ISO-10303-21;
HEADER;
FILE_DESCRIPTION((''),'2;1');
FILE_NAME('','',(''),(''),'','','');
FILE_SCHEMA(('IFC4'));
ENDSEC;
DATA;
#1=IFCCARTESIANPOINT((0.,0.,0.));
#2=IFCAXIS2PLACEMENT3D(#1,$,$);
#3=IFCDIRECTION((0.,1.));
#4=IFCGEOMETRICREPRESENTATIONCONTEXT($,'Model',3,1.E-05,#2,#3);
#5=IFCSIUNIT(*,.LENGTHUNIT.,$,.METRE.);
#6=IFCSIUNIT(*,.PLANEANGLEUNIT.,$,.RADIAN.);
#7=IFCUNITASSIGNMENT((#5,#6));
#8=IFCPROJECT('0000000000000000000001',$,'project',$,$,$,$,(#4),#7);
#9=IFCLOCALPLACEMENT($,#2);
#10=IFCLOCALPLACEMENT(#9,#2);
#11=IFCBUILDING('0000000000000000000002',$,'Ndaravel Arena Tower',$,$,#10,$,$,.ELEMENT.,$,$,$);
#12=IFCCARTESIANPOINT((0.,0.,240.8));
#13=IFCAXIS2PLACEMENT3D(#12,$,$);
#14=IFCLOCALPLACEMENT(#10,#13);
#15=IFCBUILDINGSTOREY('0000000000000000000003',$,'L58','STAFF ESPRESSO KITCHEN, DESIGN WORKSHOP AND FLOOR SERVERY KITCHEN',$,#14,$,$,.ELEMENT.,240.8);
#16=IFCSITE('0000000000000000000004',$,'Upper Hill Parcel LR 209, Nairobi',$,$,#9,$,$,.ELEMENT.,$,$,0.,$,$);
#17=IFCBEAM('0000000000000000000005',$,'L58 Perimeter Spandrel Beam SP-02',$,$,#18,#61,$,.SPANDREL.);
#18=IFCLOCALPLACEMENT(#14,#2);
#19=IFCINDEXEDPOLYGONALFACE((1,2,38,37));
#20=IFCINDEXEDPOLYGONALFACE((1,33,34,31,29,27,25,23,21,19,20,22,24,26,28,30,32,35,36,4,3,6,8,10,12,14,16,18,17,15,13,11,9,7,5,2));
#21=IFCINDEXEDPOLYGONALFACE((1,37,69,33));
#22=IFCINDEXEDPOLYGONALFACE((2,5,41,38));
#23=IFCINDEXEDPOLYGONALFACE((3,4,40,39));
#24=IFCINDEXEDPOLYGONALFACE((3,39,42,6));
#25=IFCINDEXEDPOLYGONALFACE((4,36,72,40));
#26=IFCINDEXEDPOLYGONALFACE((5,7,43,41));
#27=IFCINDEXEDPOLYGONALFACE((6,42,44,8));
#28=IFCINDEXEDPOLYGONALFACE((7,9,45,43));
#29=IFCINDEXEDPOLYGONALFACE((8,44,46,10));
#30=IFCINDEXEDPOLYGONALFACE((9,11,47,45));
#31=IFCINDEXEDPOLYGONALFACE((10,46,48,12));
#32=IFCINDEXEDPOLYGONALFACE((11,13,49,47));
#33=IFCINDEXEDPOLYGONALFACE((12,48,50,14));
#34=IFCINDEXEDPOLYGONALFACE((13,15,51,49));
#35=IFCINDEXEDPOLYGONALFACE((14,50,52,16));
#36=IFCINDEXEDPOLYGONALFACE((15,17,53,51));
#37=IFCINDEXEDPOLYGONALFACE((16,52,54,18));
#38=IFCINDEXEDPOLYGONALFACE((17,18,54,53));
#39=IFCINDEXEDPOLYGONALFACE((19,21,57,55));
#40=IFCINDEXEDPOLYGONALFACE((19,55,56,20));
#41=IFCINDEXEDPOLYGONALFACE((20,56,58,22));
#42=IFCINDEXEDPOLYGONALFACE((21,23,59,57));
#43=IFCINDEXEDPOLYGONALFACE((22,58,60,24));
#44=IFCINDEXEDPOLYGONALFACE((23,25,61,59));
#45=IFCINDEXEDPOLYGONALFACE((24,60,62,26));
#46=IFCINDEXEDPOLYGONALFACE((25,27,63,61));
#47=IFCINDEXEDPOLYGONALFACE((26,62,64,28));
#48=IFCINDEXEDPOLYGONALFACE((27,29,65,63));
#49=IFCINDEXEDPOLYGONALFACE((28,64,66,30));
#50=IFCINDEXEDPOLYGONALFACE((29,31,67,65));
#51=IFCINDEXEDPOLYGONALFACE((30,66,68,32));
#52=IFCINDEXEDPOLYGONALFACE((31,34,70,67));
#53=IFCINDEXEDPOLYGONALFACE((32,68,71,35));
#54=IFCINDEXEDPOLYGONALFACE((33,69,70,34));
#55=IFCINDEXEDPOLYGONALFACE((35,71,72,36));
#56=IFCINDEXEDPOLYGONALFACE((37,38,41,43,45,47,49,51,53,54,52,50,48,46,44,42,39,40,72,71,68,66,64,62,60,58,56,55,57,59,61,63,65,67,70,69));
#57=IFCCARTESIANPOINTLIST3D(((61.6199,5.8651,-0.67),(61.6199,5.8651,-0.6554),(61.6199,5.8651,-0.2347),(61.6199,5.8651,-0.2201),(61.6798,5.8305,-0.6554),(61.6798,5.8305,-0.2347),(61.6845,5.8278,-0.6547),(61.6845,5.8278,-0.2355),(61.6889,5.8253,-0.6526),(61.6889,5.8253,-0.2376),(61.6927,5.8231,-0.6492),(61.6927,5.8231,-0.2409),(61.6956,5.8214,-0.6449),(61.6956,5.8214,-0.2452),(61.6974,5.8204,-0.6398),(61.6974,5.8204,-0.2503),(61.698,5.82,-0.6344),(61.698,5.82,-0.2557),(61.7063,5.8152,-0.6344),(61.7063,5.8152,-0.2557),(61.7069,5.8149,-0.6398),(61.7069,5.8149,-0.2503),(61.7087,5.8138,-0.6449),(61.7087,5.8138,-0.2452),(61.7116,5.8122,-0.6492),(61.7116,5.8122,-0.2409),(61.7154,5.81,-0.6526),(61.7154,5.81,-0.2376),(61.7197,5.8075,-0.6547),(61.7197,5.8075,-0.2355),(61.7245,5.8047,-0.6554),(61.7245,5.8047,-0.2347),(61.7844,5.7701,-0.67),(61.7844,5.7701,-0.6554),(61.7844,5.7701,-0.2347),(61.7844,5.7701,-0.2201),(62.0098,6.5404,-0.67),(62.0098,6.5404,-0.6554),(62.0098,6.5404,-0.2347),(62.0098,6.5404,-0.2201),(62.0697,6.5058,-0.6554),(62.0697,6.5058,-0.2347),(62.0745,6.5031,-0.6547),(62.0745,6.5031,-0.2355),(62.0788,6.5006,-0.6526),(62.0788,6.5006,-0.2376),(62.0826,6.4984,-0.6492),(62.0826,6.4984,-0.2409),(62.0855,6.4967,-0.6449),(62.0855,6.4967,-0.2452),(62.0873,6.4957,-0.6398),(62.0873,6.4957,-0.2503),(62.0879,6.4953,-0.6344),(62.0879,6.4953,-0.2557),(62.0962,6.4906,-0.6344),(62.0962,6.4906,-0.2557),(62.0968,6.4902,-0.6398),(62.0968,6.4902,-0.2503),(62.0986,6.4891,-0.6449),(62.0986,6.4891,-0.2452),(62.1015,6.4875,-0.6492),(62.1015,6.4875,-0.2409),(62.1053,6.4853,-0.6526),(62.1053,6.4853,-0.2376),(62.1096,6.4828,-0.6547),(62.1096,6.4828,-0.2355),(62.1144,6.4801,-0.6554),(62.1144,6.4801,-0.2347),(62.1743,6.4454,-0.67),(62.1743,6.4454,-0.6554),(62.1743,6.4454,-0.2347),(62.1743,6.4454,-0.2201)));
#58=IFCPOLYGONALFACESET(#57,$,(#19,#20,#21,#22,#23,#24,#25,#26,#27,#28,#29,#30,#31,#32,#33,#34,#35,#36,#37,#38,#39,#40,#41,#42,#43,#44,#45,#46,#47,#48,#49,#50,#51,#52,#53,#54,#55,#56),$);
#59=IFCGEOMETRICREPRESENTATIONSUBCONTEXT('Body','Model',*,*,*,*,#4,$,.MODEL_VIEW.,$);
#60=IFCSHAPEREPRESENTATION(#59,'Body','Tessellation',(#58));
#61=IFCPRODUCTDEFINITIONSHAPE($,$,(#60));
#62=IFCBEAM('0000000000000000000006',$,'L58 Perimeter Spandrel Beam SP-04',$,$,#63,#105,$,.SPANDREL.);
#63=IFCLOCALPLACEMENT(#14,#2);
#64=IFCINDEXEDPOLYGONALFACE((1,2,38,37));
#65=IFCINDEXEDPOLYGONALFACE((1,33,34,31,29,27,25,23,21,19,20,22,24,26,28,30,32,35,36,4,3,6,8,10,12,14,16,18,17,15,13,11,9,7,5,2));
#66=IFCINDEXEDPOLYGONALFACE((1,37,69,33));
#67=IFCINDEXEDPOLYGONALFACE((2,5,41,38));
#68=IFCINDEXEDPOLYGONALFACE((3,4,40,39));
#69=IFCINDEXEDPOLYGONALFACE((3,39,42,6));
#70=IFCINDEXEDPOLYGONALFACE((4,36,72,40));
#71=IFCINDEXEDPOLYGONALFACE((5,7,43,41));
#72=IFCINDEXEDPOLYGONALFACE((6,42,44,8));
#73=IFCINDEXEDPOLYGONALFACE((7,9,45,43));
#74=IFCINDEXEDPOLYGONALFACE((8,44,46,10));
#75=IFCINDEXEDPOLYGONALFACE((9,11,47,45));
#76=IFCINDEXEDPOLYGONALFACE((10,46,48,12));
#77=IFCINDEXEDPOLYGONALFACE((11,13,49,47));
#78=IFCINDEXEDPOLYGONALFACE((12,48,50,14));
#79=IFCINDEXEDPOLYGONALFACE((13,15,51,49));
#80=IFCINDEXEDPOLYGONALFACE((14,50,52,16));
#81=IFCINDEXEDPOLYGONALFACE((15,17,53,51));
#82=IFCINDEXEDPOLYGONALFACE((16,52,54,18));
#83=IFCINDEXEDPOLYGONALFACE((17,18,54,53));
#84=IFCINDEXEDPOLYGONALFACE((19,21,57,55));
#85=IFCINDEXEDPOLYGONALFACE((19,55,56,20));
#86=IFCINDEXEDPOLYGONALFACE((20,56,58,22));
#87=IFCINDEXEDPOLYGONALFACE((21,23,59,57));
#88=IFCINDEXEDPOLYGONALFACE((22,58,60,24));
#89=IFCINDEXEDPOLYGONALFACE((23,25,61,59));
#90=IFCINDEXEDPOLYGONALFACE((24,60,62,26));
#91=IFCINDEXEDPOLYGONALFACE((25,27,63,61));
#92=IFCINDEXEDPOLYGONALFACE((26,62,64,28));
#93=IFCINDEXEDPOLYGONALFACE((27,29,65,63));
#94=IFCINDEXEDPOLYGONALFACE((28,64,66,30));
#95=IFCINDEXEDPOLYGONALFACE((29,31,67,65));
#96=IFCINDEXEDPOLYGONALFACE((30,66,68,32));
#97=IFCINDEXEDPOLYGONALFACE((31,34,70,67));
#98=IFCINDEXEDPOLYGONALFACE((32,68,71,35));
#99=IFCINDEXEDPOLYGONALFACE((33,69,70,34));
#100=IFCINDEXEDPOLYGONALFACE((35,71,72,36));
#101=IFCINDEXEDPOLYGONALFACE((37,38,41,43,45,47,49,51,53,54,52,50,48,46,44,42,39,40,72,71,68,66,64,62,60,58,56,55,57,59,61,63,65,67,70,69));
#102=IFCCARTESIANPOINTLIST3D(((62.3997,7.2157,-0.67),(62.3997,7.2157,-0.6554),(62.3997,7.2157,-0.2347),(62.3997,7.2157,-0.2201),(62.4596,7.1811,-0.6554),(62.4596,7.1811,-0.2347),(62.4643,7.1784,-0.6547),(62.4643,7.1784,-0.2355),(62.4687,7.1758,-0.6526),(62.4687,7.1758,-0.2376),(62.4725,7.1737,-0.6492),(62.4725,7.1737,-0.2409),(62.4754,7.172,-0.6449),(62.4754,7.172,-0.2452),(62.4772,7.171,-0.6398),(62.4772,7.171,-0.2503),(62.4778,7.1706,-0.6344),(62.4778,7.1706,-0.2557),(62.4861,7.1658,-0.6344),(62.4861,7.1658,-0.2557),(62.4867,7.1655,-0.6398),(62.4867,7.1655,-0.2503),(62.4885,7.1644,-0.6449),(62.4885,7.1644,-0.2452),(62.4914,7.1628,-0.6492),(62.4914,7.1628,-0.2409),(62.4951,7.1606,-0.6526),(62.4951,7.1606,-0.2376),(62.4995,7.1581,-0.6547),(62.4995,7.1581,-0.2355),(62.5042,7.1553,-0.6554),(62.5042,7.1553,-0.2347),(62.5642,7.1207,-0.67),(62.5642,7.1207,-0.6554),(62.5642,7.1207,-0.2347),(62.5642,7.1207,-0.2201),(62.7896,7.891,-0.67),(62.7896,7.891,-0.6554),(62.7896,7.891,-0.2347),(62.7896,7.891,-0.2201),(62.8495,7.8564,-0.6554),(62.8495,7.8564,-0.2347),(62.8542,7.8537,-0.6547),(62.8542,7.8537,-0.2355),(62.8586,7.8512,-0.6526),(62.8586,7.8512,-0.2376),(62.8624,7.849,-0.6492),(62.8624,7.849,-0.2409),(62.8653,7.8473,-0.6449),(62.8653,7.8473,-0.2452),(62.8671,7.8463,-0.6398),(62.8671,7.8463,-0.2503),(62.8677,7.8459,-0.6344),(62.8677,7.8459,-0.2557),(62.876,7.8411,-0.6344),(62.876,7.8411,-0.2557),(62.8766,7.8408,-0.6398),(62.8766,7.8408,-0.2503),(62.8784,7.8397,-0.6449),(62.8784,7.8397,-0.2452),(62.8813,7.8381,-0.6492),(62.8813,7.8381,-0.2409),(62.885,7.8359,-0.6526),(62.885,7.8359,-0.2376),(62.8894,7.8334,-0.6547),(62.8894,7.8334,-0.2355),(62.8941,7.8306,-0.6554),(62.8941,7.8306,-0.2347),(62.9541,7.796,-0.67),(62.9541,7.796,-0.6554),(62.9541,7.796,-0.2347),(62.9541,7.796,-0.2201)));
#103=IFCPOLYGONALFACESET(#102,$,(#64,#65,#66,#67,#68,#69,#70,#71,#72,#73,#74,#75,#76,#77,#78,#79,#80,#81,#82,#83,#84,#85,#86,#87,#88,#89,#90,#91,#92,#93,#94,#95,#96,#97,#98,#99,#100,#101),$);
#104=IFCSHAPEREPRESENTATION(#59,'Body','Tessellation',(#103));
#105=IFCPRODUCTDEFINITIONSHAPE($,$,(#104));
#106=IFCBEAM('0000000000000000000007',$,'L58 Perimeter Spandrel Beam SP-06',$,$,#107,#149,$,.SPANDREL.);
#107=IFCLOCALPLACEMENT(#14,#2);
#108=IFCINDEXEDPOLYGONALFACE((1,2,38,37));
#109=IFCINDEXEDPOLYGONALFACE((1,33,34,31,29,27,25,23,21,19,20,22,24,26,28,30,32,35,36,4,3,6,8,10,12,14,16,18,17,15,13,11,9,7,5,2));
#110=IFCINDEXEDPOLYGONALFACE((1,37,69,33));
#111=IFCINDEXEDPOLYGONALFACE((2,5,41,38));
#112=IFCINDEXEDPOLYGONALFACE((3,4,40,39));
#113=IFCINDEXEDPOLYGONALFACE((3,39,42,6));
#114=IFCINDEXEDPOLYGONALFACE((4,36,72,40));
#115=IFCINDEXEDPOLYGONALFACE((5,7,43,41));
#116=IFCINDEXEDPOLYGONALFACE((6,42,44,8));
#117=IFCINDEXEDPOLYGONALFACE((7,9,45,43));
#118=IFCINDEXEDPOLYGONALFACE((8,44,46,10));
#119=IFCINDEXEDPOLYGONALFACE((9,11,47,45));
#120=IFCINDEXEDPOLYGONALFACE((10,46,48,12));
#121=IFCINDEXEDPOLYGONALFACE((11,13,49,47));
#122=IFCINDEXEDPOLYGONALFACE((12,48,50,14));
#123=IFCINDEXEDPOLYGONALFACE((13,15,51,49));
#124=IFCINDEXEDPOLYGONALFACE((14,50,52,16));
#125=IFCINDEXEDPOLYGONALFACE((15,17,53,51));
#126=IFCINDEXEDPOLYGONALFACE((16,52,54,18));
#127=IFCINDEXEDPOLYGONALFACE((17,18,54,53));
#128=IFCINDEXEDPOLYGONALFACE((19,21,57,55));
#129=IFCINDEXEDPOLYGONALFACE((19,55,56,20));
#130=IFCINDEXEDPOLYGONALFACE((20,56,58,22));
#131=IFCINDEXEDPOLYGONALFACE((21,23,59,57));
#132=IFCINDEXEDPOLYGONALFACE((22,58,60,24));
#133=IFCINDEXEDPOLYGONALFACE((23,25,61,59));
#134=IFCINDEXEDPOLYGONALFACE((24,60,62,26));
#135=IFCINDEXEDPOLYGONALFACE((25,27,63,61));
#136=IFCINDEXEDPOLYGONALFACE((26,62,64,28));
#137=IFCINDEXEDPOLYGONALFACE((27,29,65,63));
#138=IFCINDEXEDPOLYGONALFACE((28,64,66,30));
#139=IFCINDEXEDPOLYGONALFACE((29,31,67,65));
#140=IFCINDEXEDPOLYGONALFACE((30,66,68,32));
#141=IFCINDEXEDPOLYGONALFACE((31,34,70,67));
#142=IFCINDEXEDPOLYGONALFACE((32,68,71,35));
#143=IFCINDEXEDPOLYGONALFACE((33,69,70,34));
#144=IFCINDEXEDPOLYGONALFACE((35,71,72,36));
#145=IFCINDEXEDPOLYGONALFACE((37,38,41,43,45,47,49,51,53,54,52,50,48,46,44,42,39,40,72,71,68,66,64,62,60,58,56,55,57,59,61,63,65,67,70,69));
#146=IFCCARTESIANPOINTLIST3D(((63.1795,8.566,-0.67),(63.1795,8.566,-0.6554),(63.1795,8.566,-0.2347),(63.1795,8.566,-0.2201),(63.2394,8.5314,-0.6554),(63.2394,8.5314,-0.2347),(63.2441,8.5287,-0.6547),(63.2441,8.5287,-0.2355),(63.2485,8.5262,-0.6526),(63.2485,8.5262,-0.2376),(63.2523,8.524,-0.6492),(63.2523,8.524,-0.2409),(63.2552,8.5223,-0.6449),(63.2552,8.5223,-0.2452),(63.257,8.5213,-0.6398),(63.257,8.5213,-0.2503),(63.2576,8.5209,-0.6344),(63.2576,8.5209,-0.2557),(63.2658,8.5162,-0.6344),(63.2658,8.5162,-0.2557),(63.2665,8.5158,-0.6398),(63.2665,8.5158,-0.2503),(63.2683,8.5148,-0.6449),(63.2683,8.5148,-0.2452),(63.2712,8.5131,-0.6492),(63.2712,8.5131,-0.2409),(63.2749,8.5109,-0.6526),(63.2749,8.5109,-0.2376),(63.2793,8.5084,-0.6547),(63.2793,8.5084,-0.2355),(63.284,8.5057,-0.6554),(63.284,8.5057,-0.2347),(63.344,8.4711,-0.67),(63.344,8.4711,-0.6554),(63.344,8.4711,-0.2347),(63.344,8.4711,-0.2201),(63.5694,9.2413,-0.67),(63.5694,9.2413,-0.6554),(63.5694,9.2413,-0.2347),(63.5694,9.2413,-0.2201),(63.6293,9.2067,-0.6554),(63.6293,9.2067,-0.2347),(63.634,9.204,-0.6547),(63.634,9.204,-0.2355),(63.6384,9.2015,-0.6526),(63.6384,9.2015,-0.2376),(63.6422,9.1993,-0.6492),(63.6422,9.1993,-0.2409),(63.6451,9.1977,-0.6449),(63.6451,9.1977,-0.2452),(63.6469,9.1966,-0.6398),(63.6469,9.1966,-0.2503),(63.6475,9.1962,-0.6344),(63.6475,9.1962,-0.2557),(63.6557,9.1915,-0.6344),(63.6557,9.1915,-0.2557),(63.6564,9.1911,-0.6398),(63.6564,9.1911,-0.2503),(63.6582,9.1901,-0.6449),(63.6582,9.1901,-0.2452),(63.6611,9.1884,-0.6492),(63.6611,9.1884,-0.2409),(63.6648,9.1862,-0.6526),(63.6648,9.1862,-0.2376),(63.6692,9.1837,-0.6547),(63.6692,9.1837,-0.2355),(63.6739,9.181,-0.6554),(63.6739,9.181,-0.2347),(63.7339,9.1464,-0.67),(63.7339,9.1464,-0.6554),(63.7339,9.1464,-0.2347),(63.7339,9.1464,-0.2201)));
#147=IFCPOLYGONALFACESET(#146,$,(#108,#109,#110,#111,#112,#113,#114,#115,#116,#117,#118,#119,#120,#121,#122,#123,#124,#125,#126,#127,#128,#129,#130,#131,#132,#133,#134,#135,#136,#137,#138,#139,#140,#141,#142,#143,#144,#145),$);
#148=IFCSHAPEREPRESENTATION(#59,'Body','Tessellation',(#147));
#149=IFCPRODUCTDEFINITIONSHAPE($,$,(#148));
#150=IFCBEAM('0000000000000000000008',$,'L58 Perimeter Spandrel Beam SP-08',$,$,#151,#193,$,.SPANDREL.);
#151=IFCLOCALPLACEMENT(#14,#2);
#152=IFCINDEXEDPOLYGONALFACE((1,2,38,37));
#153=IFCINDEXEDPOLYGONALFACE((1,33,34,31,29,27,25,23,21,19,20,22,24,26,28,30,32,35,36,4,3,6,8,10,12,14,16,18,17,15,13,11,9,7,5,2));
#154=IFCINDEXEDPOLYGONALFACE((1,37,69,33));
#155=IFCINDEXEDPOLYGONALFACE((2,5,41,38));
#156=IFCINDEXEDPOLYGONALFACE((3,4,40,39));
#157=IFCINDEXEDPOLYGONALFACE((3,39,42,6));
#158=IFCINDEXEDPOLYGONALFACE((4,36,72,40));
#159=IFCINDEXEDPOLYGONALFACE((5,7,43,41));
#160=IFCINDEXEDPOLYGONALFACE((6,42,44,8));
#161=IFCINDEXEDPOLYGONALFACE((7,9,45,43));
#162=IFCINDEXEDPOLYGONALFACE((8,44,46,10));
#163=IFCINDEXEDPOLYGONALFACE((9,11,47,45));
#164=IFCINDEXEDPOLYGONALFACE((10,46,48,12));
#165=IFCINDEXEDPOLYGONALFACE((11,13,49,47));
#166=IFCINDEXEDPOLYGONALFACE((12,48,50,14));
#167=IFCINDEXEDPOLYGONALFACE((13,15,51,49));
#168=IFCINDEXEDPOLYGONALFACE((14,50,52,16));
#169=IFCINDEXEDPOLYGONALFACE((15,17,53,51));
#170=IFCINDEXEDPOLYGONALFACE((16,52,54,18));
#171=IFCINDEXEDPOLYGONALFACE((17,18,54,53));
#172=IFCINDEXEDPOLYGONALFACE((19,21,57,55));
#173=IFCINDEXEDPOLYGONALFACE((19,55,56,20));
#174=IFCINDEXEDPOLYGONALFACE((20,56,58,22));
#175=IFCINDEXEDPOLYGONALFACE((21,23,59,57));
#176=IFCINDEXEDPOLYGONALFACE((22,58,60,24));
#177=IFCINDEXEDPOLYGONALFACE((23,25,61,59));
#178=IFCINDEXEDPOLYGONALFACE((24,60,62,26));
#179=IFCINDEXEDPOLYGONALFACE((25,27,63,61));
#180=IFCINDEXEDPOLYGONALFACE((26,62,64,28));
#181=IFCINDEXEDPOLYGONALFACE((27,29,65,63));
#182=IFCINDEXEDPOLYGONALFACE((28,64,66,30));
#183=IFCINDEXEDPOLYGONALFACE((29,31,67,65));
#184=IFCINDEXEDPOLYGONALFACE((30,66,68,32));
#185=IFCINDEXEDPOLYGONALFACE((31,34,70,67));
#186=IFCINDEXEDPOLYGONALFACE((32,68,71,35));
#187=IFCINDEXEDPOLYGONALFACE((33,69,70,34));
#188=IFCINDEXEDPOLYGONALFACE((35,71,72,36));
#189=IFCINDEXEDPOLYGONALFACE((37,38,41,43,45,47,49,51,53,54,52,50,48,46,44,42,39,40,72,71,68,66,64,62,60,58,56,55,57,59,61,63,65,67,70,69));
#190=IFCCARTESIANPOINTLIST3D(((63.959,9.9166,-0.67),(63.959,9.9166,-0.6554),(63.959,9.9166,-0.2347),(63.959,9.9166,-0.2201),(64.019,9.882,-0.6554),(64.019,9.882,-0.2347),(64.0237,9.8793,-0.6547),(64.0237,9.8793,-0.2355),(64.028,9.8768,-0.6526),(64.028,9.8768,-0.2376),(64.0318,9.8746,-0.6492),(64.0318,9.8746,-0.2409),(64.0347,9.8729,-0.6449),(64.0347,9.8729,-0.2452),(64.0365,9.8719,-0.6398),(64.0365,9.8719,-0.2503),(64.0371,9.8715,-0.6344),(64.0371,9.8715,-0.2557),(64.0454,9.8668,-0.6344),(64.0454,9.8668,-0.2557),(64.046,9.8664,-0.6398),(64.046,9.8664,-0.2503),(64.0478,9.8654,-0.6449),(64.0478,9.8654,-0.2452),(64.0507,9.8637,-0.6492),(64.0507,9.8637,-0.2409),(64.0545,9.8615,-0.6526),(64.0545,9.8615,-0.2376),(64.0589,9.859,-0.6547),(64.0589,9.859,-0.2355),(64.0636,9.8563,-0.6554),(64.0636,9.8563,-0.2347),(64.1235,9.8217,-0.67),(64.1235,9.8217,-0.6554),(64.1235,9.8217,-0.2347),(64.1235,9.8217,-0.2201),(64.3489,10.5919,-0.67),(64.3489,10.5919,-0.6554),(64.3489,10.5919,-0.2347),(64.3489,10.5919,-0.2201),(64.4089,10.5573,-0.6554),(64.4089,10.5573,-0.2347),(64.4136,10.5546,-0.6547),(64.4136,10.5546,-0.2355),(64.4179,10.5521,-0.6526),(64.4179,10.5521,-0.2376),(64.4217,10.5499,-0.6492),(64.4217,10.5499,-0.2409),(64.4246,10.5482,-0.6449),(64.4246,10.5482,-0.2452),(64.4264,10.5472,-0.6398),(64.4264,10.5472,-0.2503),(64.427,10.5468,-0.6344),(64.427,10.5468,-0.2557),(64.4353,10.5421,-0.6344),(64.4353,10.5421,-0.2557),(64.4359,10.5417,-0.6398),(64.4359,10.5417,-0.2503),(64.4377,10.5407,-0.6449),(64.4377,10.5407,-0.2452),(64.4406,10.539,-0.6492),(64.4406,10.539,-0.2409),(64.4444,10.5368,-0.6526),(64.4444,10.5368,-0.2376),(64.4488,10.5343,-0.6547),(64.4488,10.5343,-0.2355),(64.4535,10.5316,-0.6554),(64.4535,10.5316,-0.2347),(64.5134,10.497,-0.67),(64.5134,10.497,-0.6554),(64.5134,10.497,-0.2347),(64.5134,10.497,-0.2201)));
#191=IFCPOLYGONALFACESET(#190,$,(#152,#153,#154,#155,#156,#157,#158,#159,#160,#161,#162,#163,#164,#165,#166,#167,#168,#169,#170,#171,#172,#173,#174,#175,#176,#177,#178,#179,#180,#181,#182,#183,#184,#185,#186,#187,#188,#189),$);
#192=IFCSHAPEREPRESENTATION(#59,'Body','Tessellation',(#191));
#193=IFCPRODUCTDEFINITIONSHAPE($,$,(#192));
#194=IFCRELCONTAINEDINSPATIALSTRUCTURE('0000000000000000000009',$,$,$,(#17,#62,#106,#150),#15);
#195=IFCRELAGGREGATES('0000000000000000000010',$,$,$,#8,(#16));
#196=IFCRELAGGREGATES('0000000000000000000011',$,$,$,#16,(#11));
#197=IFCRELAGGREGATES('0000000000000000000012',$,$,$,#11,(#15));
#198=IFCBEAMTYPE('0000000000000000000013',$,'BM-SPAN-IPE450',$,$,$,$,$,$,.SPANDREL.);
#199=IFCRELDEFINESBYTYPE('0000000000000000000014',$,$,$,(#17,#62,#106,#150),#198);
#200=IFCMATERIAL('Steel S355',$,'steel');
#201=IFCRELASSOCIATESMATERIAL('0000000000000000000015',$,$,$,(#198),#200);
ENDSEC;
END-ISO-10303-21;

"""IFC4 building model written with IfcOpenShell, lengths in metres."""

from ifc_helpers import new_model, si_unit, direction, frame, origin, origin_2d, place, context, subcontext, project, spatial, i_section, extrude, material, material_profile, profile_set, type_object, element, save


model = new_model("IFC4")

# Units and contexts
model_context = context("Model", 3, precision=1e-05, world=origin(), true_north=direction((0.0, 1.0)))
body_context = subcontext(model_context, "Body", "Model", "MODEL_VIEW")
ifc_project = project(units=[si_unit("LENGTHUNIT", "METRE"), si_unit("PLANEANGLEUNIT", "RADIAN")], contexts=[model_context])

# Site, building, storey
site_placement = place(None, origin())
site = spatial("IfcSite", under=ifc_project, at=site_placement, Name="Upper Hill Parcel LR 209, Nairobi", CompositionType="ELEMENT", RefElevation=0.0)
building_placement = place(site_placement, origin())
building = spatial("IfcBuilding", under=site, at=building_placement, Name="Ndaravel Arena Tower", CompositionType="ELEMENT")
storey_placement = place(building_placement, frame((0.0, 0.0, 240.8)))
storey = spatial("IfcBuildingStorey", under=building, at=storey_placement, Name="L58", Description="STAFF ESPRESSO KITCHEN, DESIGN WORKSHOP AND FLOOR SERVERY KITCHEN", CompositionType="ELEMENT", Elevation=240.8)

# Beams
ifc_material_1 = material(Name="Steel S355", Category="steel")
ifc_material_profile_1 = material_profile(ifc_material_1, i_section(OverallWidth=0.1899, OverallDepth=0.45, WebThickness=0.0095, FlangeThickness=0.0146, FilletRadius=0.021, at=origin_2d()), Name="IPE 450")
ifc_profile_set_1 = profile_set([ifc_material_profile_1], Name="Steel S355")
beam_type = type_object("IfcBeamType", Name="BM-SPAN-IPE450", PredefinedType="SPANDREL", material=ifc_profile_set_1)
for number, where, z_axis, x_axis, name in (
    (1, (61.7021, 5.8176, -0.4451), (0.500012, 0.866019, 0.0), (-0.866019, 0.500012, 0.0), "L58 Perimeter Spandrel Beam SP-02"),
    (2, (62.4819, 7.1682, -0.4451), (0.500012, 0.866019, 0.0), (-0.866019, 0.500012, 0.0), "L58 Perimeter Spandrel Beam SP-04"),
    (3, (63.2617, 8.5186, -0.4451), (0.500012, 0.866019, 0.0), (-0.866019, 0.500012, 0.0), "L58 Perimeter Spandrel Beam SP-06"),
    (4, (64.0413, 9.8691, -0.4451), (0.500012, 0.866019, 0.0), (-0.866019, 0.500012, 0.0), "L58 Perimeter Spandrel Beam SP-08"),
):
    element("IfcBeam", number, at=place(storey_placement, frame(where, z_axis=z_axis, x_axis=x_axis)), inside=storey, type_object=beam_type, Name=name, PredefinedType="SPANDREL", context=body_context, shape_type="SweptSolid", body=[
        extrude(i_section(OverallWidth=0.1899, OverallDepth=0.45, WebThickness=0.0095, FlangeThickness=0.0146, FilletRadius=0.021, at=origin_2d()), origin(), (0.0, 0.0, 1.0), 0.7798),
    ])

save(model, "model.ifc")
